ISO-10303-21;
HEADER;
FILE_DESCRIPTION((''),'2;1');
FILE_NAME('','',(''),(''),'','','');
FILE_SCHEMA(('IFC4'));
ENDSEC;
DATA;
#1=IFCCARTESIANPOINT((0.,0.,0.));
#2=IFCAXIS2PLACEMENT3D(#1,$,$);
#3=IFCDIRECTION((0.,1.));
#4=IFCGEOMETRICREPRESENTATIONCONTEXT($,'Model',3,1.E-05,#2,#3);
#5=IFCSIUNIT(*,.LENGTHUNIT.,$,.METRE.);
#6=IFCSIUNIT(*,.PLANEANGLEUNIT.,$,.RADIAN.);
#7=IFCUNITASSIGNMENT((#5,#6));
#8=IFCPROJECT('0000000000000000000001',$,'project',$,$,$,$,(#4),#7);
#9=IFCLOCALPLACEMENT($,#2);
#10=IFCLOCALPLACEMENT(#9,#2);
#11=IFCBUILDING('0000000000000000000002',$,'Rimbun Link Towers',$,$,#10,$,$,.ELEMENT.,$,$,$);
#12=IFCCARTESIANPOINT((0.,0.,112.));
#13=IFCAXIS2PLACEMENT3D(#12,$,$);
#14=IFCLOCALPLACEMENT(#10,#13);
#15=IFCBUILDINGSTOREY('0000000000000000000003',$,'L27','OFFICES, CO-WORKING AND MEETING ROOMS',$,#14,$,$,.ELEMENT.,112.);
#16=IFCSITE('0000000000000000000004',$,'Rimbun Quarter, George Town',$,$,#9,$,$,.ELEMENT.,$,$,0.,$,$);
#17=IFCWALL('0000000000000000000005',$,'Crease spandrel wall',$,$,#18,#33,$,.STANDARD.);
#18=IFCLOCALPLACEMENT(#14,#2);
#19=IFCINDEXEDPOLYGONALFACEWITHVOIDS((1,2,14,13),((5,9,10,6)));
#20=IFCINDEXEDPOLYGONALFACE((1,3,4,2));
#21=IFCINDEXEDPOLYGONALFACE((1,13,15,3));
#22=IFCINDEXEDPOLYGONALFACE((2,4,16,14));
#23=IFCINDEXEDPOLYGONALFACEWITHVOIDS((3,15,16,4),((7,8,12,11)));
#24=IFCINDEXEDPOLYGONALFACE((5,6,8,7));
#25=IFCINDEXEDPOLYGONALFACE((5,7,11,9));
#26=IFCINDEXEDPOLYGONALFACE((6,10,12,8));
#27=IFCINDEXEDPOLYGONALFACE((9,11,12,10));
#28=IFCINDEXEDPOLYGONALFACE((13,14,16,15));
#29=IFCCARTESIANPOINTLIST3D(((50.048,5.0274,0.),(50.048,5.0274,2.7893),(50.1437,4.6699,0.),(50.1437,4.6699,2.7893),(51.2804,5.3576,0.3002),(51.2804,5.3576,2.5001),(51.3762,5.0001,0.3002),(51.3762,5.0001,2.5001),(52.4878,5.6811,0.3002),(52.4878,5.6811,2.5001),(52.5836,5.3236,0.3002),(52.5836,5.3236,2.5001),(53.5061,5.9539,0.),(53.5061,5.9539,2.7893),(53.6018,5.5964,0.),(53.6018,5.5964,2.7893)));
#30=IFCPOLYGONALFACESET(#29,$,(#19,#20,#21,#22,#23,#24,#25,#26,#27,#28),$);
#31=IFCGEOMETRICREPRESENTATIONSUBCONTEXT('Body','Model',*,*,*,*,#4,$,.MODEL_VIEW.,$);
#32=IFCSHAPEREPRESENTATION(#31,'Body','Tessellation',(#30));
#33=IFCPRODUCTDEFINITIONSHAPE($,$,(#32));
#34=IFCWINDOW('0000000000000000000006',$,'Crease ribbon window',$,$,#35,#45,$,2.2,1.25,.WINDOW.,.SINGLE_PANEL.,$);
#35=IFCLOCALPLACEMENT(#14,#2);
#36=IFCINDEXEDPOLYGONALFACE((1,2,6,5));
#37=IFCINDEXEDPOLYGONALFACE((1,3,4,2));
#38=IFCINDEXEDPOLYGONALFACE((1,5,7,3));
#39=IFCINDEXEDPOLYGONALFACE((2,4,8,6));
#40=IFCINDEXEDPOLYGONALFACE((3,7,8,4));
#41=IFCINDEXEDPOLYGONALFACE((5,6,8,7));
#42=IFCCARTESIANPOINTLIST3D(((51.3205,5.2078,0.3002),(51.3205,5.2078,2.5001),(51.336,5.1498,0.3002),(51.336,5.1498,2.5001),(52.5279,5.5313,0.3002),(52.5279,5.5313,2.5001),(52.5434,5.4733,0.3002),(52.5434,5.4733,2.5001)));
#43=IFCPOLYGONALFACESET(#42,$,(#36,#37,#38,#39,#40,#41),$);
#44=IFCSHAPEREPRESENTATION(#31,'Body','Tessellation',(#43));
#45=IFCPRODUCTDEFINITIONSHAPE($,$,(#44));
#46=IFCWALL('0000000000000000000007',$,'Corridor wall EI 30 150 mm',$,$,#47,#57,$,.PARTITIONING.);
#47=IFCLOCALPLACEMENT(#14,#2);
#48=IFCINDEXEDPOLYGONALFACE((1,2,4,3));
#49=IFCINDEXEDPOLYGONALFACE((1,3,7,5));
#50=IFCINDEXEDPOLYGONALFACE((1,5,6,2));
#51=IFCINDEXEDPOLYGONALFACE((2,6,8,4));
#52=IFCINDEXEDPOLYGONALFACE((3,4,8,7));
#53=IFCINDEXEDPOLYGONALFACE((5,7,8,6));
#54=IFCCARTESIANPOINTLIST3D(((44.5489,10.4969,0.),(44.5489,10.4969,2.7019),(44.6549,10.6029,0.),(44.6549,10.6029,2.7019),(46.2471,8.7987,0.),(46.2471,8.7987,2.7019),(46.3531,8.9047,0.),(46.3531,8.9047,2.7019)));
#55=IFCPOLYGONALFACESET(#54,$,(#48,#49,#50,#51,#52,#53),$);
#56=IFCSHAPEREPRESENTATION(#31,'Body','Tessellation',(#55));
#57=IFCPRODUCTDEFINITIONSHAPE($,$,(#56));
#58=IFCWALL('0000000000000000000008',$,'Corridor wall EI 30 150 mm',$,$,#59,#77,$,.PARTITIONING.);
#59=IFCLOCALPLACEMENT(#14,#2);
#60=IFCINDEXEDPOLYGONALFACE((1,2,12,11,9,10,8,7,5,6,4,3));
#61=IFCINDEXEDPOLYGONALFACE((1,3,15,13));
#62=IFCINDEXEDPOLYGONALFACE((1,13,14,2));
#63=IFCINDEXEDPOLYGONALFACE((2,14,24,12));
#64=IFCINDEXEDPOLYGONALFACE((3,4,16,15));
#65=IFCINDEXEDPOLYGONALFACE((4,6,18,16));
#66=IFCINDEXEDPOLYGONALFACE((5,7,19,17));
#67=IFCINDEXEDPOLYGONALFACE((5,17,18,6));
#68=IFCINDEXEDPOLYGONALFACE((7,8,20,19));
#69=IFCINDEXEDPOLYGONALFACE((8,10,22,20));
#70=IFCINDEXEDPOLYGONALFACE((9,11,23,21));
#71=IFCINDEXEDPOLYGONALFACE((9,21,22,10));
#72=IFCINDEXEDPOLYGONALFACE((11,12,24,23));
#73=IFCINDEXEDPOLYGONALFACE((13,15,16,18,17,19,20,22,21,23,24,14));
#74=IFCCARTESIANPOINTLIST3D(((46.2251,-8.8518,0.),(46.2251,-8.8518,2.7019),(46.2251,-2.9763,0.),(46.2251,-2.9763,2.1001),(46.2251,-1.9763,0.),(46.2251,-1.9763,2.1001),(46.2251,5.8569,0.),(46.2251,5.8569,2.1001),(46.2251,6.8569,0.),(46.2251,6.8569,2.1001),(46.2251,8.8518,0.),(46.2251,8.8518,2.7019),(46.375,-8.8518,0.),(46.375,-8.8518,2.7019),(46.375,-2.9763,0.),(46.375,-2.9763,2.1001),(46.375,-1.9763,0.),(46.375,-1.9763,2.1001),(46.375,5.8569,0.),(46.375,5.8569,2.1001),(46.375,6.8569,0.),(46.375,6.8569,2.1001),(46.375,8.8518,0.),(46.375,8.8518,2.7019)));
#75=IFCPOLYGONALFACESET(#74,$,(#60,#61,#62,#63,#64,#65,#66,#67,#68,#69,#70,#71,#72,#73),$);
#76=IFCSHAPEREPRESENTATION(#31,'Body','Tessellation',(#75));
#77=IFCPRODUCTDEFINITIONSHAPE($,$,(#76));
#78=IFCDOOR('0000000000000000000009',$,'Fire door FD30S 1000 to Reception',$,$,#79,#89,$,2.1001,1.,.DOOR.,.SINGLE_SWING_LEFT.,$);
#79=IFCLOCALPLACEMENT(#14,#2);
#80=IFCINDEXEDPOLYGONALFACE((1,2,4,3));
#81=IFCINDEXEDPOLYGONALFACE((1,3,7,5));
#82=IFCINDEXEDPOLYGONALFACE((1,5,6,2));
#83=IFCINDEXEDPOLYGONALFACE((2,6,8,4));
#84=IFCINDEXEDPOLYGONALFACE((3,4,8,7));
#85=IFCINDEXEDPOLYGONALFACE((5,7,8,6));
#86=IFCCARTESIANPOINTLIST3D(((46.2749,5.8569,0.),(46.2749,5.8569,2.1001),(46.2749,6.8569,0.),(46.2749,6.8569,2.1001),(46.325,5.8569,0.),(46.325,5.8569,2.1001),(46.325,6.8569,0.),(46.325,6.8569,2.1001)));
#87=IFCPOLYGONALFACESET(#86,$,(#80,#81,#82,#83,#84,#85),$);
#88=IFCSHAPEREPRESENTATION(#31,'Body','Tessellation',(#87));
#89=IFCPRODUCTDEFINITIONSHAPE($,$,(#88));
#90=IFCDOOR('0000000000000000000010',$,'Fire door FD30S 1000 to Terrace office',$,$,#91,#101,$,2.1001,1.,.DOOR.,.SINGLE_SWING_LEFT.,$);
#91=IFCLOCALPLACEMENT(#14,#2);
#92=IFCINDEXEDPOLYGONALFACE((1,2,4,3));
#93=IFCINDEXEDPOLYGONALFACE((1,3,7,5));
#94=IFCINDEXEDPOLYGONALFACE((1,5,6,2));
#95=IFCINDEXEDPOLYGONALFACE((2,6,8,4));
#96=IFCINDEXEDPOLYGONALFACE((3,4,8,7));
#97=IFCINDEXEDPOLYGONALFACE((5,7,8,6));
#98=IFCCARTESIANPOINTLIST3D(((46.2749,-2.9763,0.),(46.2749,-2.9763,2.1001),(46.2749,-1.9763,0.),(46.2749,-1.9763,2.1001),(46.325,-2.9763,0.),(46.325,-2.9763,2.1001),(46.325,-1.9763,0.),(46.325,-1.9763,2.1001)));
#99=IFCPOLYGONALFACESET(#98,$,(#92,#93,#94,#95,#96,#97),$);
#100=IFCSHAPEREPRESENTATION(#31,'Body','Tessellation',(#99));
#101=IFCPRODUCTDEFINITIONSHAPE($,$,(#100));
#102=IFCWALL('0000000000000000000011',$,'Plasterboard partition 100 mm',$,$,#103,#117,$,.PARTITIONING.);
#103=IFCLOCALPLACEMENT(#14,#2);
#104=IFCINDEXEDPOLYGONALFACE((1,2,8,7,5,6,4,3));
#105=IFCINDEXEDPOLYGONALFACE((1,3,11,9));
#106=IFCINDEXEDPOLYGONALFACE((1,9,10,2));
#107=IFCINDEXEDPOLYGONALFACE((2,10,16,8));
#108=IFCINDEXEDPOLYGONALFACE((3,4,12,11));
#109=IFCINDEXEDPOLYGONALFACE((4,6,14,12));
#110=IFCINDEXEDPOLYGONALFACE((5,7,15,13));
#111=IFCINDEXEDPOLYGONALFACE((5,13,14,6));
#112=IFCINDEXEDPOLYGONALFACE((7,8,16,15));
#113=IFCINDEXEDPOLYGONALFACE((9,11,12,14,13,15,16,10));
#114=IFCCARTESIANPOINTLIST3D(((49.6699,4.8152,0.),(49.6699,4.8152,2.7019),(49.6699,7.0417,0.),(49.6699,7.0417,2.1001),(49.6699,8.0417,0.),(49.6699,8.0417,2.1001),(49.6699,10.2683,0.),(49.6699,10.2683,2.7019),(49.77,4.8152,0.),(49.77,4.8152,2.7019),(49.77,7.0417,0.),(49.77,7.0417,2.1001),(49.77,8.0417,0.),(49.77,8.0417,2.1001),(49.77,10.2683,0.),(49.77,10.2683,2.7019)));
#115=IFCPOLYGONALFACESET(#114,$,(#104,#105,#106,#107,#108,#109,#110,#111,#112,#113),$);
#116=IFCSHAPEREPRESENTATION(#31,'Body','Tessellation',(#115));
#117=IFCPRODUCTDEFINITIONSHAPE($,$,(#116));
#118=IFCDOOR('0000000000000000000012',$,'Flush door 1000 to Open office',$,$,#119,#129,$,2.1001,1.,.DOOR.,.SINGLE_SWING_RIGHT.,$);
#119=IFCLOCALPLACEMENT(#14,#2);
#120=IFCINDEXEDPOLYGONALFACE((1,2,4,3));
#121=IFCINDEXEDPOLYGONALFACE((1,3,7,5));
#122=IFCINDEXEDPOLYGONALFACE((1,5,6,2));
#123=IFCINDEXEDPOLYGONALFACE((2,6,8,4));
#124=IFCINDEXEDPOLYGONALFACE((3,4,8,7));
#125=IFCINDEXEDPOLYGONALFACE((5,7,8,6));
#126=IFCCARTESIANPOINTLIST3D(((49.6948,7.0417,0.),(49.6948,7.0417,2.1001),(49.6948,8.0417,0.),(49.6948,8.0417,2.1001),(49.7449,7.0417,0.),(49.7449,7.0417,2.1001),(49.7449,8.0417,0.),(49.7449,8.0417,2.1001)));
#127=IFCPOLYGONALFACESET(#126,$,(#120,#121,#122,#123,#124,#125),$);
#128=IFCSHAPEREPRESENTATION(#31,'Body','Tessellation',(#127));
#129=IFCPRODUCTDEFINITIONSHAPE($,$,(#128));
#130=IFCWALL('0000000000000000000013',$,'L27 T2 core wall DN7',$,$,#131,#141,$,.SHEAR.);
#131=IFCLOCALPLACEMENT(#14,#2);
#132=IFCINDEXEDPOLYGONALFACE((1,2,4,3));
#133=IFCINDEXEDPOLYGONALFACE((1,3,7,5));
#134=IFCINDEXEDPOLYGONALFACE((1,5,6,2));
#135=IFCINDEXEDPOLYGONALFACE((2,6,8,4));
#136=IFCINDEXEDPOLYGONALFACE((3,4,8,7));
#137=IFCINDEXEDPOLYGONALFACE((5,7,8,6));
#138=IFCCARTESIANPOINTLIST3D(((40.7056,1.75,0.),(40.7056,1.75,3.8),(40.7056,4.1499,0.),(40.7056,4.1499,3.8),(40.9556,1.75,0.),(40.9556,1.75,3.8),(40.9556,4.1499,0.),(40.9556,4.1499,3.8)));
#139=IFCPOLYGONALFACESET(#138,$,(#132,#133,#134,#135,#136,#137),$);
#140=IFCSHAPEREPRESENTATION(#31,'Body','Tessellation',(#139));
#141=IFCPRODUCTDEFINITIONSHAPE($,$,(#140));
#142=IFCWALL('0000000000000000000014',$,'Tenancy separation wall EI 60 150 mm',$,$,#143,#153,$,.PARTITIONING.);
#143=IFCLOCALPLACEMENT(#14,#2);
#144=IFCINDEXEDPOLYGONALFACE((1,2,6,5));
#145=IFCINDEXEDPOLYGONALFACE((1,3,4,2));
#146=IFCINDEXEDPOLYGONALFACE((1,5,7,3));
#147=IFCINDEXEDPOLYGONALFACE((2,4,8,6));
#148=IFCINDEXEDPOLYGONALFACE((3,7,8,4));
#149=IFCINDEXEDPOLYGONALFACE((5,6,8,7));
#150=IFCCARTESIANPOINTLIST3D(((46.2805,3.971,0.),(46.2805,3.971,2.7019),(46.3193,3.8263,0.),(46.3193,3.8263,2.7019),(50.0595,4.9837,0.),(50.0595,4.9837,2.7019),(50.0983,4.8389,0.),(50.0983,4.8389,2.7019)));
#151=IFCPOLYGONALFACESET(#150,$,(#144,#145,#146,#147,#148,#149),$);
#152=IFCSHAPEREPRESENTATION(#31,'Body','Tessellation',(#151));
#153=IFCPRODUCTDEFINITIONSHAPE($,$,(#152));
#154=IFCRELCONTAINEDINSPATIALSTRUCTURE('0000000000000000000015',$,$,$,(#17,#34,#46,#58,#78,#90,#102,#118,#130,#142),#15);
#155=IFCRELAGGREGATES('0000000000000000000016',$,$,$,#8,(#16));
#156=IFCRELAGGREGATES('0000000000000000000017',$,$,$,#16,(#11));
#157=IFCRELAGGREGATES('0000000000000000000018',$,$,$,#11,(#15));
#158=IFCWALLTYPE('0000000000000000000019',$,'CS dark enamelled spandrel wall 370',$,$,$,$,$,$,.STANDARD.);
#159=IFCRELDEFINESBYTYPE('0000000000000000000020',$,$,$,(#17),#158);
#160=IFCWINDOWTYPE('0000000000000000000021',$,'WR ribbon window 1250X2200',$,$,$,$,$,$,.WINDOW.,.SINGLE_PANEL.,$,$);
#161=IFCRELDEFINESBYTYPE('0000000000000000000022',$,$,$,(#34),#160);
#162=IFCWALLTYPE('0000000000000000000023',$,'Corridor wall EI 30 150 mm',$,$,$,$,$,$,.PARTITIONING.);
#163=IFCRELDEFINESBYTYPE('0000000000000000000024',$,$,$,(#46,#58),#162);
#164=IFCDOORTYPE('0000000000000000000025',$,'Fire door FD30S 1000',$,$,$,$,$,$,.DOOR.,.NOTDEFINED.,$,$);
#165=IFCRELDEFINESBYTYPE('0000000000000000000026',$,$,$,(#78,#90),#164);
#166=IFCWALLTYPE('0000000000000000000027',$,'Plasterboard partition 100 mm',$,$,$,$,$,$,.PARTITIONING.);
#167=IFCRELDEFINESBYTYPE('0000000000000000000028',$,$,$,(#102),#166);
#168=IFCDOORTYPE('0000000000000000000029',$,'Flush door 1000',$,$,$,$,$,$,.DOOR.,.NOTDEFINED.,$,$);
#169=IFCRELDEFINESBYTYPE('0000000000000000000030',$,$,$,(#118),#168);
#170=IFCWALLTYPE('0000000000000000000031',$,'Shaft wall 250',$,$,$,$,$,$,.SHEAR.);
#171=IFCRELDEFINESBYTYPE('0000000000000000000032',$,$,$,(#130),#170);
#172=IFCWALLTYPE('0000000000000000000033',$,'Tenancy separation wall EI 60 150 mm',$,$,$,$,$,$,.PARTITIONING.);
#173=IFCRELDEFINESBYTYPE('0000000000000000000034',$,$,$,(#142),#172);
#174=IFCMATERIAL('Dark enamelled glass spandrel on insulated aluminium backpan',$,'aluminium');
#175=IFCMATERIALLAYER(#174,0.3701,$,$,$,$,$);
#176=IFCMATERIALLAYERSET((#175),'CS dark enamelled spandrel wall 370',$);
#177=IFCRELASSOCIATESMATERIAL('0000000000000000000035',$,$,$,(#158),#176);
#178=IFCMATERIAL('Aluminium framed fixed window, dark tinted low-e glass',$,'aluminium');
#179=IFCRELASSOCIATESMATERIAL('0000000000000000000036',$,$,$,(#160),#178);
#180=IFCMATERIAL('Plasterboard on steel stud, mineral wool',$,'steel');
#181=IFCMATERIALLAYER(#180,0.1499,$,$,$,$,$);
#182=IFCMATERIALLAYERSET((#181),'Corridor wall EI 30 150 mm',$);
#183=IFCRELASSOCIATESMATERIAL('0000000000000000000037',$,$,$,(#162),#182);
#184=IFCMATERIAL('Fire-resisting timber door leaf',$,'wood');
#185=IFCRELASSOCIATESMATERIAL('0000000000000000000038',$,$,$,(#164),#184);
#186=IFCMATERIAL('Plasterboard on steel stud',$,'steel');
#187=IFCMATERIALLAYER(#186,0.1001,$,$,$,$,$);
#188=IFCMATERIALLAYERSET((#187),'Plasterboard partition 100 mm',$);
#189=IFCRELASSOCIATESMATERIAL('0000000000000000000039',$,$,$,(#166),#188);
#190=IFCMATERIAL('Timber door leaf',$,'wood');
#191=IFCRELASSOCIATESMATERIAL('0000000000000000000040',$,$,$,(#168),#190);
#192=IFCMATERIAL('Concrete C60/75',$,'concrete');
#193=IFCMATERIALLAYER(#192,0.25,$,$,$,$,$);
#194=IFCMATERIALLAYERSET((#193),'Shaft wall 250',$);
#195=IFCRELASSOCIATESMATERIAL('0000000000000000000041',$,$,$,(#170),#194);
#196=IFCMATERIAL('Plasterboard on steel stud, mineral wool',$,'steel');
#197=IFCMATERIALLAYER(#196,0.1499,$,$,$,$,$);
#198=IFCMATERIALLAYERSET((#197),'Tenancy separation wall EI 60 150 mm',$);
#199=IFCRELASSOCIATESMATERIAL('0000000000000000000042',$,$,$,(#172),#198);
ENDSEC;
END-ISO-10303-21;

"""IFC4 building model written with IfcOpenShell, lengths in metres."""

from ifc_helpers import new_model, si_unit, direction, frame, frame_2d, origin, place, context, subcontext, project, spatial, rectangle, extrude, material, layer, layer_set, type_object, element, fill, save


model = new_model("IFC4")

# Units and contexts
model_context = context("Model", 3, precision=1e-05, world=origin(), true_north=direction((0.0, 1.0)))
body_context = subcontext(model_context, "Body", "Model", "MODEL_VIEW")
ifc_project = project(units=[si_unit("LENGTHUNIT", "METRE"), si_unit("PLANEANGLEUNIT", "RADIAN")], contexts=[model_context])

# Site, building, storey
site_placement = place(None, origin())
site = spatial("IfcSite", under=ifc_project, at=site_placement, Name="Rimbun Quarter, George Town", CompositionType="ELEMENT", RefElevation=0.0)
building_placement = place(site_placement, origin())
building = spatial("IfcBuilding", under=site, at=building_placement, Name="Rimbun Link Towers", CompositionType="ELEMENT")
storey_placement = place(building_placement, frame((0.0, 0.0, 112.0)))
storey = spatial("IfcBuildingStorey", under=building, at=storey_placement, Name="L27", Description="OFFICES, CO-WORKING AND MEETING ROOMS", CompositionType="ELEMENT", Elevation=112.0)

# Wall, opening, window
ifc_material_1 = material(Name="Dark enamelled glass spandrel on insulated aluminium backpan", Category="aluminium")
ifc_layer_1 = layer(ifc_material_1, 0.3701)
ifc_layer_set_1 = layer_set([ifc_layer_1], Name="CS dark enamelled spandrel wall 370")
wall_type_1 = type_object("IfcWallType", Name="CS dark enamelled spandrel wall 370", PredefinedType="STANDARD", material=ifc_layer_set_1)
wall_1_placement = place(storey_placement, frame((53.554, 5.7751, 0.0), z_axis=(0.0, 0.0, 1.0), x_axis=(-0.96593, -0.258804, 0.0)))
wall_1 = element("IfcWall", 1, at=wall_1_placement, inside=storey, type_object=wall_type_1, Name="Crease spandrel wall", PredefinedType="STANDARD", context=body_context, shape_type="SweptSolid", body=[
    extrude(rectangle(XDim=3.5801, YDim=0.3701, at=frame_2d((1.79, 0.0))), origin(), (0.0, 0.0, 1.0), 2.7893),
])
opening_1_placement = place(wall_1_placement, frame((1.0542, 0.0, 0.3)))
opening_1 = element("IfcOpeningElement", 2, at=opening_1_placement, cuts=wall_1, PredefinedType="OPENING", context=body_context, shape_type="SweptSolid", body=[
    extrude(rectangle(XDim=1.25, YDim=2.2, at=frame_2d((0.625, 1.1001))), frame((0.0, 0.1951, 0.0), z_axis=(0.0, -1.0, 0.0), x_axis=(1.0, 0.0, 0.0)), (0.0, 0.0, 1.0), 0.3901),
])
ifc_material_2 = material(Name="Aluminium framed fixed window, dark tinted low-e glass", Category="aluminium")
window_type_1 = type_object("IfcWindowType", Name="WR ribbon window 1250X2200", PartitioningType="SINGLE_PANEL", PredefinedType="WINDOW", material=ifc_material_2)
window_1_placement = place(opening_1_placement, origin())
window_1 = element("IfcWindow", 3, at=window_1_placement, inside=storey, type_object=window_type_1, Name="Crease ribbon window", OverallHeight=2.2, OverallWidth=1.25, PartitioningType="SINGLE_PANEL", PredefinedType="WINDOW", context=body_context, shape_type="SweptSolid", body=[
    extrude(rectangle(XDim=1.25, YDim=2.2, at=frame_2d((0.625, 1.1001))), frame((0.0, 0.03, 0.0), z_axis=(0.0, -1.0, 0.0), x_axis=(1.0, 0.0, 0.0)), (0.0, 0.0, 1.0), 0.0601),
])
fill(opening_1, window_1)

# Wall
ifc_material_3 = material(Name="Plasterboard on steel stud, mineral wool", Category="steel")
ifc_layer_2 = layer(ifc_material_3, 0.1499)
ifc_layer_set_2 = layer_set([ifc_layer_2], Name="Corridor wall EI 30 150 mm")
wall_type_2 = type_object("IfcWallType", Name="Corridor wall EI 30 150 mm", PredefinedType="PARTITIONING", material=ifc_layer_set_2)
wall_2_placement = place(storey_placement, frame((46.3, 8.8518, 0.0), z_axis=(0.0, 0.0, 1.0), x_axis=(-0.707107, 0.707107, 0.0)))
element("IfcWall", 4, at=wall_2_placement, inside=storey, type_object=wall_type_2, Name="Corridor wall EI 30 150 mm", PredefinedType="PARTITIONING", context=body_context, shape_type="SweptSolid", body=[
    extrude(rectangle(XDim=2.4016, YDim=0.1499, at=frame_2d((1.2007, 0.0))), origin(), (0.0, 0.0, 1.0), 2.7019),
])

# Wall, openings, doors
wall_3_placement = place(storey_placement, frame((46.3, 8.8518, 0.0), z_axis=(0.0, 0.0, 1.0), x_axis=(0.0, -1.0, 0.0)))
wall_3 = element("IfcWall", 5, at=wall_3_placement, inside=storey, type_object=wall_type_2, Name="Corridor wall EI 30 150 mm", PredefinedType="PARTITIONING", context=body_context, shape_type="SweptSolid", body=[
    extrude(rectangle(XDim=17.7036, YDim=0.1499, at=frame_2d((8.8518, 0.0))), origin(), (0.0, 0.0, 1.0), 2.7019),
])
opening_2_placement = place(wall_3_placement, frame((1.9949, 0.0, 0.0)))
opening_2 = element("IfcOpeningElement", 6, at=opening_2_placement, cuts=wall_3, PredefinedType="OPENING", context=body_context, shape_type="SweptSolid", body=[
    extrude(rectangle(XDim=1.0, YDim=2.1001, at=frame_2d((0.5, 1.05))), frame((0.0, 0.085, 0.0), z_axis=(0.0, -1.0, 0.0), x_axis=(1.0, 0.0, 0.0)), (0.0, 0.0, 1.0), 0.1699),
])
opening_3_placement = place(wall_3_placement, frame((10.8281, 0.0, 0.0)))
opening_3 = element("IfcOpeningElement", 7, at=opening_3_placement, cuts=wall_3, PredefinedType="OPENING", context=body_context, shape_type="SweptSolid", body=[
    extrude(rectangle(XDim=1.0, YDim=2.1001, at=frame_2d((0.5, 1.05))), frame((0.0, 0.085, 0.0), z_axis=(0.0, -1.0, 0.0), x_axis=(1.0, 0.0, 0.0)), (0.0, 0.0, 1.0), 0.1699),
])
ifc_material_4 = material(Name="Fire-resisting timber door leaf", Category="wood")
door_type_1 = type_object("IfcDoorType", Name="Fire door FD30S 1000", OperationType="NOTDEFINED", PredefinedType="DOOR", material=ifc_material_4)
door_1_placement = place(opening_2_placement, origin())
door_1 = element("IfcDoor", 8, at=door_1_placement, inside=storey, type_object=door_type_1, Name="Fire door FD30S 1000 to Reception", OperationType="SINGLE_SWING_LEFT", OverallHeight=2.1001, OverallWidth=1.0, PredefinedType="DOOR", context=body_context, shape_type="SweptSolid", body=[
    extrude(rectangle(XDim=1.0, YDim=2.1001, at=frame_2d((0.5, 1.05))), frame((0.0, 0.0249, 0.0), z_axis=(0.0, -1.0, 0.0), x_axis=(1.0, 0.0, 0.0)), (0.0, 0.0, 1.0), 0.05),
])
fill(opening_2, door_1)
door_2_placement = place(opening_3_placement, origin())
door_2 = element("IfcDoor", 9, at=door_2_placement, inside=storey, type_object=door_type_1, Name="Fire door FD30S 1000 to Terrace office", OperationType="SINGLE_SWING_LEFT", OverallHeight=2.1001, OverallWidth=1.0, PredefinedType="DOOR", context=body_context, shape_type="SweptSolid", body=[
    extrude(rectangle(XDim=1.0, YDim=2.1001, at=frame_2d((0.5, 1.05))), frame((0.0, 0.0249, 0.0), z_axis=(0.0, -1.0, 0.0), x_axis=(1.0, 0.0, 0.0)), (0.0, 0.0, 1.0), 0.05),
])
fill(opening_3, door_2)

# Wall, opening, door
ifc_material_5 = material(Name="Plasterboard on steel stud", Category="steel")
ifc_layer_3 = layer(ifc_material_5, 0.1001)
ifc_layer_set_3 = layer_set([ifc_layer_3], Name="Plasterboard partition 100 mm")
wall_type_3 = type_object("IfcWallType", Name="Plasterboard partition 100 mm", PredefinedType="PARTITIONING", material=ifc_layer_set_3)
wall_4_placement = place(storey_placement, frame((49.72, 10.2683, 0.0), z_axis=(0.0, 0.0, 1.0), x_axis=(0.0, -1.0, 0.0)))
wall_4 = element("IfcWall", 10, at=wall_4_placement, inside=storey, type_object=wall_type_3, Name="Plasterboard partition 100 mm", PredefinedType="PARTITIONING", context=body_context, shape_type="SweptSolid", body=[
    extrude(rectangle(XDim=5.4531, YDim=0.1001, at=frame_2d((2.7266, 0.0))), origin(), (0.0, 0.0, 1.0), 2.7019),
])
opening_4_placement = place(wall_4_placement, frame((2.2266, 0.0, 0.0)))
opening_4 = element("IfcOpeningElement", 11, at=opening_4_placement, cuts=wall_4, PredefinedType="OPENING", context=body_context, shape_type="SweptSolid", body=[
    extrude(rectangle(XDim=1.0, YDim=2.1001, at=frame_2d((0.5, 1.05))), frame((0.0, 0.0601, 0.0), z_axis=(0.0, -1.0, 0.0), x_axis=(1.0, 0.0, 0.0)), (0.0, 0.0, 1.0), 0.1201),
])
ifc_material_6 = material(Name="Timber door leaf", Category="wood")
door_type_2 = type_object("IfcDoorType", Name="Flush door 1000", OperationType="NOTDEFINED", PredefinedType="DOOR", material=ifc_material_6)
door_3_placement = place(opening_4_placement, origin())
door_3 = element("IfcDoor", 12, at=door_3_placement, inside=storey, type_object=door_type_2, Name="Flush door 1000 to Open office", OperationType="SINGLE_SWING_RIGHT", OverallHeight=2.1001, OverallWidth=1.0, PredefinedType="DOOR", context=body_context, shape_type="SweptSolid", body=[
    extrude(rectangle(XDim=1.0, YDim=2.1001, at=frame_2d((0.5, 1.05))), frame((0.0, 0.0249, 0.0), z_axis=(0.0, -1.0, 0.0), x_axis=(1.0, 0.0, 0.0)), (0.0, 0.0, 1.0), 0.05),
])
fill(opening_4, door_3)

# Walls
ifc_material_7 = material(Name="Concrete C60/75", Category="concrete")
ifc_layer_4 = layer(ifc_material_7, 0.25)
ifc_layer_set_4 = layer_set([ifc_layer_4], Name="Shaft wall 250")
wall_type_4 = type_object("IfcWallType", Name="Shaft wall 250", PredefinedType="SHEAR", material=ifc_layer_set_4)
wall_5_placement = place(storey_placement, frame((40.8306, 1.75, 0.0), z_axis=(0.0, 0.0, 1.0), x_axis=(0.0, 1.0, 0.0)))
element("IfcWall", 13, at=wall_5_placement, inside=storey, type_object=wall_type_4, Name="L27 T2 core wall DN7", PredefinedType="SHEAR", context=body_context, shape_type="SweptSolid", body=[
    extrude(rectangle(XDim=2.3999, YDim=0.25, at=frame_2d((1.2, 0.0))), origin(), (0.0, 0.0, 1.0), 3.8),
])
ifc_material_8 = material(Name="Plasterboard on steel stud, mineral wool", Category="steel")
ifc_layer_5 = layer(ifc_material_8, 0.1499)
ifc_layer_set_5 = layer_set([ifc_layer_5], Name="Tenancy separation wall EI 60 150 mm")
wall_type_5 = type_object("IfcWallType", Name="Tenancy separation wall EI 60 150 mm", PredefinedType="PARTITIONING", material=ifc_layer_set_5)
wall_6_placement = place(storey_placement, frame((46.3, 3.8987, 0.0), z_axis=(0.0, 0.0, 1.0), x_axis=(0.965919, 0.258843, 0.0)))
element("IfcWall", 14, at=wall_6_placement, inside=storey, type_object=wall_type_5, Name="Tenancy separation wall EI 60 150 mm", PredefinedType="PARTITIONING", context=body_context, shape_type="SweptSolid", body=[
    extrude(rectangle(XDim=3.9124, YDim=0.1499, at=frame_2d((1.9561, 0.0))), origin(), (0.0, 0.0, 1.0), 2.7019),
])

save(model, "model.ifc")
